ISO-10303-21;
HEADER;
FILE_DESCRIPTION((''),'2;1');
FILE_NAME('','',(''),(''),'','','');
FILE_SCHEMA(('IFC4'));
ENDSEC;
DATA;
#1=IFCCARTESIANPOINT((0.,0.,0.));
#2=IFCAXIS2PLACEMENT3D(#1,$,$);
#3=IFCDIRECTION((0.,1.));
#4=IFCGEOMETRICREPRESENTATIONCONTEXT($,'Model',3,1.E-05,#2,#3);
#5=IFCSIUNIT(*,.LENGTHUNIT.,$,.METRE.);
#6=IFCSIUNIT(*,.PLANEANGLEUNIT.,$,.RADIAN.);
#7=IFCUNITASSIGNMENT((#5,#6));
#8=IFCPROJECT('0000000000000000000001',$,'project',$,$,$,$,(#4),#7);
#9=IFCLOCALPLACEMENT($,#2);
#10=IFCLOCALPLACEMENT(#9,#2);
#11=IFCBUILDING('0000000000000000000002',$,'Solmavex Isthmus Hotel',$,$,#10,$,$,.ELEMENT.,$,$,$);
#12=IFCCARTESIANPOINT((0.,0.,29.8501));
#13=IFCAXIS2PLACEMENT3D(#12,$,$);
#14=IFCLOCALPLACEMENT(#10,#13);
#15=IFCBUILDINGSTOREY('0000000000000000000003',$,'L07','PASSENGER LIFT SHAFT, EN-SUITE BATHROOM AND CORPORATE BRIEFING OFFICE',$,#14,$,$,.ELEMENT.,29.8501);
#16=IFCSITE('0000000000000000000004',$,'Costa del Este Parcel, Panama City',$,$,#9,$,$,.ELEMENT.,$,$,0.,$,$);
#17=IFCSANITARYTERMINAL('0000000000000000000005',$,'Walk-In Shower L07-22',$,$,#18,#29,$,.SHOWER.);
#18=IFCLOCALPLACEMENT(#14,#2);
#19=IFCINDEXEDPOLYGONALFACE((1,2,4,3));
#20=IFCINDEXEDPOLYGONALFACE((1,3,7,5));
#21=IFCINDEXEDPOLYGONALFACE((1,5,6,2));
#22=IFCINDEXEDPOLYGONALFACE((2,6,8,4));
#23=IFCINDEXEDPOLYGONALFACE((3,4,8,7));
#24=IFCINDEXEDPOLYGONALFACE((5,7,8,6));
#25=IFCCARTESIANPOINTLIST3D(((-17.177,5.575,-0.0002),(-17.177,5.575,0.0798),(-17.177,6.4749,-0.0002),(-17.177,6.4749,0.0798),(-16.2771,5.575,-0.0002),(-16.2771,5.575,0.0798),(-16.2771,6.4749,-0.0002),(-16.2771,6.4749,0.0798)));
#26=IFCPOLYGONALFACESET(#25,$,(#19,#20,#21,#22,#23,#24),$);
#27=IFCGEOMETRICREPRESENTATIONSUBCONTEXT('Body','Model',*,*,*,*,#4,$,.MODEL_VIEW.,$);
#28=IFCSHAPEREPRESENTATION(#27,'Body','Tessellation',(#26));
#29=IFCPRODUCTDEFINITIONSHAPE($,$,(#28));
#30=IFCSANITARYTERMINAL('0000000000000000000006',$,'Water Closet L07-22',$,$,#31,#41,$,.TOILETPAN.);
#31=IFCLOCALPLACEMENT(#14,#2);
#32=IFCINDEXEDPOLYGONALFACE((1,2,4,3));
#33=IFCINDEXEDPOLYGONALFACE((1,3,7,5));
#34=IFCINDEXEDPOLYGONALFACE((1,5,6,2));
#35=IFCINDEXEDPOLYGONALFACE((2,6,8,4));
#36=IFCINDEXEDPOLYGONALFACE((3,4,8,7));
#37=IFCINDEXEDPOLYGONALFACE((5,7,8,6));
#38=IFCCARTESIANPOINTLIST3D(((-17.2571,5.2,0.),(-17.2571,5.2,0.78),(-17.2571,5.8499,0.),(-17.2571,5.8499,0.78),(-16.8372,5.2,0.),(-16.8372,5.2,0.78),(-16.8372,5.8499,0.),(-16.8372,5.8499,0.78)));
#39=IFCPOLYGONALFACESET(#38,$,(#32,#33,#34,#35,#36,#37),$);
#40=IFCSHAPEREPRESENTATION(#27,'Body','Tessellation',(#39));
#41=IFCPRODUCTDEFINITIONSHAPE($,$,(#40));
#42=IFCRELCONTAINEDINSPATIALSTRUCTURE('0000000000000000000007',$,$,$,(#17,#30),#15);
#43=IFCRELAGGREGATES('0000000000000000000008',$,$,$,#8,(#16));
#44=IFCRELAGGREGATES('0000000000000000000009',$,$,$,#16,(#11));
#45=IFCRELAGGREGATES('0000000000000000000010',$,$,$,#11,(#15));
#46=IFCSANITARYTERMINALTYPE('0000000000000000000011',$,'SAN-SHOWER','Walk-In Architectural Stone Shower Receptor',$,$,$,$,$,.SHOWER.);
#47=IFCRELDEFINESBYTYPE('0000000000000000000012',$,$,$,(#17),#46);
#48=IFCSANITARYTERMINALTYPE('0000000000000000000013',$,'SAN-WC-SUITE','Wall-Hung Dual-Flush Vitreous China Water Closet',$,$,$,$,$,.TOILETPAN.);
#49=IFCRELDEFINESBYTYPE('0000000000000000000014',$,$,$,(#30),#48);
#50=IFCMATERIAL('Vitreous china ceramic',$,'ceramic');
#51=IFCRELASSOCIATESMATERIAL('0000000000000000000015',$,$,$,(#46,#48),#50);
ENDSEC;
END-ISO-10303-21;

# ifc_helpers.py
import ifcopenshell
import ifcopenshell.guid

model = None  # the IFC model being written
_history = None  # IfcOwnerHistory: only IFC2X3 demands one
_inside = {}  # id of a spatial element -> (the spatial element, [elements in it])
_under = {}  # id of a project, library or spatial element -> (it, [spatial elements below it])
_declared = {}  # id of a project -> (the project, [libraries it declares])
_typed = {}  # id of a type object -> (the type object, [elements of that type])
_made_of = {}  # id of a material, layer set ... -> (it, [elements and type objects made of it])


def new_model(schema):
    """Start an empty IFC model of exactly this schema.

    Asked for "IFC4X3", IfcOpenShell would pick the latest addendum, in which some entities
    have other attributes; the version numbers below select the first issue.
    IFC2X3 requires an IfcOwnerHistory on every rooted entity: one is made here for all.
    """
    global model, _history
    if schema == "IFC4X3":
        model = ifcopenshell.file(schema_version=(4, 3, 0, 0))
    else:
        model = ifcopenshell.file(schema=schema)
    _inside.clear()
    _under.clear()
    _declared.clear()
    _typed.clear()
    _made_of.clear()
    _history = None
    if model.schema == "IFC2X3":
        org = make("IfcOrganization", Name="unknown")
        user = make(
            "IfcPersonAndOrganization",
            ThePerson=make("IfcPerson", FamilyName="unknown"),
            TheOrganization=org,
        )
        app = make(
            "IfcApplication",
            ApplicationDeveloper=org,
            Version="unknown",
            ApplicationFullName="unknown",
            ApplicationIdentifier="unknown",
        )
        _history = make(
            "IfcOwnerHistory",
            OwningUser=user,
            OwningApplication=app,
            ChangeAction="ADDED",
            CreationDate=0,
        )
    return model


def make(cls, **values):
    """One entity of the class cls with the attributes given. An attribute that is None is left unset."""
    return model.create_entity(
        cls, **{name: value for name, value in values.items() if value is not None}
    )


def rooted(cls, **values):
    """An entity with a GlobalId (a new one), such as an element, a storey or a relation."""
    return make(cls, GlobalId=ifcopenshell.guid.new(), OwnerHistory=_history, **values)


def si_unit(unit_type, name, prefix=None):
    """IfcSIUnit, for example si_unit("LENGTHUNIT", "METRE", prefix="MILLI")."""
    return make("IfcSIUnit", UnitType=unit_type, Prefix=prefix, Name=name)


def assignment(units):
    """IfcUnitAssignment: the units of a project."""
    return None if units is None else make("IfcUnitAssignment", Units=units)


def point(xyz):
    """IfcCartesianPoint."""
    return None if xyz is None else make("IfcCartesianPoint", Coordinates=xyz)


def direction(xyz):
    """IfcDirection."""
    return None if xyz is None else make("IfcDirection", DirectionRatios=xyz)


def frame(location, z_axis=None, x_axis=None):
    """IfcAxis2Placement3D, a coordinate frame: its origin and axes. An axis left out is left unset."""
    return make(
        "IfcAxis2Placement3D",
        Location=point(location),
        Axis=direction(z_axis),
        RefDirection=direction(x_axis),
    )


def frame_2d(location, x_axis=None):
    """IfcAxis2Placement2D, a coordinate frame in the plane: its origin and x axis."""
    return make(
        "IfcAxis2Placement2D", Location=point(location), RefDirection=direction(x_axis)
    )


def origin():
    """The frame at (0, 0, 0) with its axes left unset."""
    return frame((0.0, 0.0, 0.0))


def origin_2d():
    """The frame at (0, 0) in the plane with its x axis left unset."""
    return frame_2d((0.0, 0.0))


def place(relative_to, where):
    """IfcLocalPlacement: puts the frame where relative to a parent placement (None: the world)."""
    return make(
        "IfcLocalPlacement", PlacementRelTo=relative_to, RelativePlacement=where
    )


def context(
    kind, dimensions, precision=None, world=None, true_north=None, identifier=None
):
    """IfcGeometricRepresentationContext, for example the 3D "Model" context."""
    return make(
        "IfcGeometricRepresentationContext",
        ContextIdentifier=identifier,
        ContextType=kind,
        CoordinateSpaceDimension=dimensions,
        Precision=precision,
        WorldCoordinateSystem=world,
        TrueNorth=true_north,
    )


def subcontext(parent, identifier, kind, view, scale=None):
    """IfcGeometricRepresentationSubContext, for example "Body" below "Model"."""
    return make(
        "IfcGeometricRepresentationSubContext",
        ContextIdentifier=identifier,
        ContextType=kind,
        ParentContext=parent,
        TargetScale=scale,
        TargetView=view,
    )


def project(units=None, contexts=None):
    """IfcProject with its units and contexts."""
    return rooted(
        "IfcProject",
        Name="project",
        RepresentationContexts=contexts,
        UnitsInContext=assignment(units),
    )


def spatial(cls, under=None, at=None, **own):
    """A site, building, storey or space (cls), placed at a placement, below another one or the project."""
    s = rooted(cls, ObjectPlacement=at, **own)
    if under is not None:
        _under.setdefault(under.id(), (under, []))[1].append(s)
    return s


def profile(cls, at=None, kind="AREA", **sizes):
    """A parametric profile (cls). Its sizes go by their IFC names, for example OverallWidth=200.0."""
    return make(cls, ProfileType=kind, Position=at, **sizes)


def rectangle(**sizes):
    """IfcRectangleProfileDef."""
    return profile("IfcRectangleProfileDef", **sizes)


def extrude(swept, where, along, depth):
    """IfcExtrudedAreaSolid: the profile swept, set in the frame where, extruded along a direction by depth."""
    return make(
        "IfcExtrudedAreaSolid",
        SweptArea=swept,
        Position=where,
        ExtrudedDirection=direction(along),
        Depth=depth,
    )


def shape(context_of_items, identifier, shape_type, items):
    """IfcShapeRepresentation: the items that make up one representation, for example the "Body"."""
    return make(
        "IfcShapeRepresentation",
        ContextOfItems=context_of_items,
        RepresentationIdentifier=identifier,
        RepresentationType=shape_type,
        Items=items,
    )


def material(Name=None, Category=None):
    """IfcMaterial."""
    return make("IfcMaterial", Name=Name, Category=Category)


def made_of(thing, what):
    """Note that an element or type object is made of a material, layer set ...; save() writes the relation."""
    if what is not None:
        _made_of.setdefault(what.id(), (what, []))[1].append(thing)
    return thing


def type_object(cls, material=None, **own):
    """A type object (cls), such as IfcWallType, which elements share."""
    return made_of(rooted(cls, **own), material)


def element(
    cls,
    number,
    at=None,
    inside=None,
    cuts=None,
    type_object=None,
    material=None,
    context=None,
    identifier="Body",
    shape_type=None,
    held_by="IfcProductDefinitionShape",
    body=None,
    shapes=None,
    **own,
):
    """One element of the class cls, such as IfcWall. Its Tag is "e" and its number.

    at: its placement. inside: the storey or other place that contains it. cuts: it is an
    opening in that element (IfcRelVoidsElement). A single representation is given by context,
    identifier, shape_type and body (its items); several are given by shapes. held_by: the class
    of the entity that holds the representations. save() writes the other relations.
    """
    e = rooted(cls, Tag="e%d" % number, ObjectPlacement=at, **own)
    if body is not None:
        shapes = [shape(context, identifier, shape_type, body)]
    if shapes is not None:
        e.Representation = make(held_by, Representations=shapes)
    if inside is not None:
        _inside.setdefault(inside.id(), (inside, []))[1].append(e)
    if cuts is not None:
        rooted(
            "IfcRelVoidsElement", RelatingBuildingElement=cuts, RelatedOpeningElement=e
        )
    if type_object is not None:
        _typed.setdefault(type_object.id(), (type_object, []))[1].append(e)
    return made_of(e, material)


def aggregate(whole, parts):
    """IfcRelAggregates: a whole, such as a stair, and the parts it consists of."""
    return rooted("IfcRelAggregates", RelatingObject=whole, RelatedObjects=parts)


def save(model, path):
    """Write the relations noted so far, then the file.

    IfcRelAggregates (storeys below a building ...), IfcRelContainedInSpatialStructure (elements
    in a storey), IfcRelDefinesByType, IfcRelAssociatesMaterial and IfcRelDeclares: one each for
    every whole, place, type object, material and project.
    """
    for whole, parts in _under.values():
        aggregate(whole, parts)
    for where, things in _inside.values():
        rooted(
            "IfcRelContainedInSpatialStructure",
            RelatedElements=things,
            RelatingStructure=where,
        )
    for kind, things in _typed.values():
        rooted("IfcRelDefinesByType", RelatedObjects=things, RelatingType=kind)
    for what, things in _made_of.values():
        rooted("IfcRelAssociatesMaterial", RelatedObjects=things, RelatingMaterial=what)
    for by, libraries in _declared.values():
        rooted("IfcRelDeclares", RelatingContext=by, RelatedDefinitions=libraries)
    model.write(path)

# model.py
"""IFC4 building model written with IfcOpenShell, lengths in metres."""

from ifc_helpers import new_model, si_unit, direction, frame, origin, origin_2d, place, context, subcontext, project, spatial, rectangle, extrude, material, type_object, element, save


model = new_model("IFC4")

# Units and contexts
model_context = context("Model", 3, precision=1e-05, world=origin(), true_north=direction((0.0, 1.0)))
body_context = subcontext(model_context, "Body", "Model", "MODEL_VIEW")
ifc_project = project(units=[si_unit("LENGTHUNIT", "METRE"), si_unit("PLANEANGLEUNIT", "RADIAN")], contexts=[model_context])

# Site, building, storey
site_placement = place(None, origin())
site = spatial("IfcSite", under=ifc_project, at=site_placement, Name="Costa del Este Parcel, Panama City", CompositionType="ELEMENT", RefElevation=0.0)
building_placement = place(site_placement, origin())
building = spatial("IfcBuilding", under=site, at=building_placement, Name="Solmavex Isthmus Hotel", CompositionType="ELEMENT")
storey_placement = place(building_placement, frame((0.0, 0.0, 29.8501)))
storey = spatial("IfcBuildingStorey", under=building, at=storey_placement, Name="L07", Description="PASSENGER LIFT SHAFT, EN-SUITE BATHROOM AND CORPORATE BRIEFING OFFICE", CompositionType="ELEMENT", Elevation=29.8501)

# Sanitary terminals
ifc_material_1 = material(Name="Vitreous china ceramic", Category="ceramic")
sanitary_terminal_type_1 = type_object("IfcSanitaryTerminalType", Name="SAN-SHOWER", Description="Walk-In Architectural Stone Shower Receptor", PredefinedType="SHOWER", material=ifc_material_1)
sanitary_terminal_1_placement = place(storey_placement, frame((-16.7271, 6.0249, -0.0002), z_axis=(0.0, 0.0, 1.0), x_axis=(1.0, 0.0, 0.0)))
element("IfcSanitaryTerminal", 1, at=sanitary_terminal_1_placement, inside=storey, type_object=sanitary_terminal_type_1, Name="Walk-In Shower L07-22", PredefinedType="SHOWER", context=body_context, shape_type="SweptSolid", body=[
    extrude(rectangle(XDim=0.8999, YDim=0.8999, at=origin_2d()), origin(), (0.0, 0.0, 1.0), 0.0801),
])
sanitary_terminal_type_2 = type_object("IfcSanitaryTerminalType", Name="SAN-WC-SUITE", Description="Wall-Hung Dual-Flush Vitreous China Water Closet", PredefinedType="TOILETPAN", material=ifc_material_1)
sanitary_terminal_2_placement = place(storey_placement, frame((-17.0471, 5.5249, 0.0), z_axis=(0.0, 0.0, 1.0), x_axis=(1.0, 0.0, 0.0)))
element("IfcSanitaryTerminal", 2, at=sanitary_terminal_2_placement, inside=storey, type_object=sanitary_terminal_type_2, Name="Water Closet L07-22", PredefinedType="TOILETPAN", context=body_context, shape_type="SweptSolid", body=[
    extrude(rectangle(XDim=0.4199, YDim=0.6499, at=origin_2d()), origin(), (0.0, 0.0, 1.0), 0.78),
])

save(model, "model.ifc")
